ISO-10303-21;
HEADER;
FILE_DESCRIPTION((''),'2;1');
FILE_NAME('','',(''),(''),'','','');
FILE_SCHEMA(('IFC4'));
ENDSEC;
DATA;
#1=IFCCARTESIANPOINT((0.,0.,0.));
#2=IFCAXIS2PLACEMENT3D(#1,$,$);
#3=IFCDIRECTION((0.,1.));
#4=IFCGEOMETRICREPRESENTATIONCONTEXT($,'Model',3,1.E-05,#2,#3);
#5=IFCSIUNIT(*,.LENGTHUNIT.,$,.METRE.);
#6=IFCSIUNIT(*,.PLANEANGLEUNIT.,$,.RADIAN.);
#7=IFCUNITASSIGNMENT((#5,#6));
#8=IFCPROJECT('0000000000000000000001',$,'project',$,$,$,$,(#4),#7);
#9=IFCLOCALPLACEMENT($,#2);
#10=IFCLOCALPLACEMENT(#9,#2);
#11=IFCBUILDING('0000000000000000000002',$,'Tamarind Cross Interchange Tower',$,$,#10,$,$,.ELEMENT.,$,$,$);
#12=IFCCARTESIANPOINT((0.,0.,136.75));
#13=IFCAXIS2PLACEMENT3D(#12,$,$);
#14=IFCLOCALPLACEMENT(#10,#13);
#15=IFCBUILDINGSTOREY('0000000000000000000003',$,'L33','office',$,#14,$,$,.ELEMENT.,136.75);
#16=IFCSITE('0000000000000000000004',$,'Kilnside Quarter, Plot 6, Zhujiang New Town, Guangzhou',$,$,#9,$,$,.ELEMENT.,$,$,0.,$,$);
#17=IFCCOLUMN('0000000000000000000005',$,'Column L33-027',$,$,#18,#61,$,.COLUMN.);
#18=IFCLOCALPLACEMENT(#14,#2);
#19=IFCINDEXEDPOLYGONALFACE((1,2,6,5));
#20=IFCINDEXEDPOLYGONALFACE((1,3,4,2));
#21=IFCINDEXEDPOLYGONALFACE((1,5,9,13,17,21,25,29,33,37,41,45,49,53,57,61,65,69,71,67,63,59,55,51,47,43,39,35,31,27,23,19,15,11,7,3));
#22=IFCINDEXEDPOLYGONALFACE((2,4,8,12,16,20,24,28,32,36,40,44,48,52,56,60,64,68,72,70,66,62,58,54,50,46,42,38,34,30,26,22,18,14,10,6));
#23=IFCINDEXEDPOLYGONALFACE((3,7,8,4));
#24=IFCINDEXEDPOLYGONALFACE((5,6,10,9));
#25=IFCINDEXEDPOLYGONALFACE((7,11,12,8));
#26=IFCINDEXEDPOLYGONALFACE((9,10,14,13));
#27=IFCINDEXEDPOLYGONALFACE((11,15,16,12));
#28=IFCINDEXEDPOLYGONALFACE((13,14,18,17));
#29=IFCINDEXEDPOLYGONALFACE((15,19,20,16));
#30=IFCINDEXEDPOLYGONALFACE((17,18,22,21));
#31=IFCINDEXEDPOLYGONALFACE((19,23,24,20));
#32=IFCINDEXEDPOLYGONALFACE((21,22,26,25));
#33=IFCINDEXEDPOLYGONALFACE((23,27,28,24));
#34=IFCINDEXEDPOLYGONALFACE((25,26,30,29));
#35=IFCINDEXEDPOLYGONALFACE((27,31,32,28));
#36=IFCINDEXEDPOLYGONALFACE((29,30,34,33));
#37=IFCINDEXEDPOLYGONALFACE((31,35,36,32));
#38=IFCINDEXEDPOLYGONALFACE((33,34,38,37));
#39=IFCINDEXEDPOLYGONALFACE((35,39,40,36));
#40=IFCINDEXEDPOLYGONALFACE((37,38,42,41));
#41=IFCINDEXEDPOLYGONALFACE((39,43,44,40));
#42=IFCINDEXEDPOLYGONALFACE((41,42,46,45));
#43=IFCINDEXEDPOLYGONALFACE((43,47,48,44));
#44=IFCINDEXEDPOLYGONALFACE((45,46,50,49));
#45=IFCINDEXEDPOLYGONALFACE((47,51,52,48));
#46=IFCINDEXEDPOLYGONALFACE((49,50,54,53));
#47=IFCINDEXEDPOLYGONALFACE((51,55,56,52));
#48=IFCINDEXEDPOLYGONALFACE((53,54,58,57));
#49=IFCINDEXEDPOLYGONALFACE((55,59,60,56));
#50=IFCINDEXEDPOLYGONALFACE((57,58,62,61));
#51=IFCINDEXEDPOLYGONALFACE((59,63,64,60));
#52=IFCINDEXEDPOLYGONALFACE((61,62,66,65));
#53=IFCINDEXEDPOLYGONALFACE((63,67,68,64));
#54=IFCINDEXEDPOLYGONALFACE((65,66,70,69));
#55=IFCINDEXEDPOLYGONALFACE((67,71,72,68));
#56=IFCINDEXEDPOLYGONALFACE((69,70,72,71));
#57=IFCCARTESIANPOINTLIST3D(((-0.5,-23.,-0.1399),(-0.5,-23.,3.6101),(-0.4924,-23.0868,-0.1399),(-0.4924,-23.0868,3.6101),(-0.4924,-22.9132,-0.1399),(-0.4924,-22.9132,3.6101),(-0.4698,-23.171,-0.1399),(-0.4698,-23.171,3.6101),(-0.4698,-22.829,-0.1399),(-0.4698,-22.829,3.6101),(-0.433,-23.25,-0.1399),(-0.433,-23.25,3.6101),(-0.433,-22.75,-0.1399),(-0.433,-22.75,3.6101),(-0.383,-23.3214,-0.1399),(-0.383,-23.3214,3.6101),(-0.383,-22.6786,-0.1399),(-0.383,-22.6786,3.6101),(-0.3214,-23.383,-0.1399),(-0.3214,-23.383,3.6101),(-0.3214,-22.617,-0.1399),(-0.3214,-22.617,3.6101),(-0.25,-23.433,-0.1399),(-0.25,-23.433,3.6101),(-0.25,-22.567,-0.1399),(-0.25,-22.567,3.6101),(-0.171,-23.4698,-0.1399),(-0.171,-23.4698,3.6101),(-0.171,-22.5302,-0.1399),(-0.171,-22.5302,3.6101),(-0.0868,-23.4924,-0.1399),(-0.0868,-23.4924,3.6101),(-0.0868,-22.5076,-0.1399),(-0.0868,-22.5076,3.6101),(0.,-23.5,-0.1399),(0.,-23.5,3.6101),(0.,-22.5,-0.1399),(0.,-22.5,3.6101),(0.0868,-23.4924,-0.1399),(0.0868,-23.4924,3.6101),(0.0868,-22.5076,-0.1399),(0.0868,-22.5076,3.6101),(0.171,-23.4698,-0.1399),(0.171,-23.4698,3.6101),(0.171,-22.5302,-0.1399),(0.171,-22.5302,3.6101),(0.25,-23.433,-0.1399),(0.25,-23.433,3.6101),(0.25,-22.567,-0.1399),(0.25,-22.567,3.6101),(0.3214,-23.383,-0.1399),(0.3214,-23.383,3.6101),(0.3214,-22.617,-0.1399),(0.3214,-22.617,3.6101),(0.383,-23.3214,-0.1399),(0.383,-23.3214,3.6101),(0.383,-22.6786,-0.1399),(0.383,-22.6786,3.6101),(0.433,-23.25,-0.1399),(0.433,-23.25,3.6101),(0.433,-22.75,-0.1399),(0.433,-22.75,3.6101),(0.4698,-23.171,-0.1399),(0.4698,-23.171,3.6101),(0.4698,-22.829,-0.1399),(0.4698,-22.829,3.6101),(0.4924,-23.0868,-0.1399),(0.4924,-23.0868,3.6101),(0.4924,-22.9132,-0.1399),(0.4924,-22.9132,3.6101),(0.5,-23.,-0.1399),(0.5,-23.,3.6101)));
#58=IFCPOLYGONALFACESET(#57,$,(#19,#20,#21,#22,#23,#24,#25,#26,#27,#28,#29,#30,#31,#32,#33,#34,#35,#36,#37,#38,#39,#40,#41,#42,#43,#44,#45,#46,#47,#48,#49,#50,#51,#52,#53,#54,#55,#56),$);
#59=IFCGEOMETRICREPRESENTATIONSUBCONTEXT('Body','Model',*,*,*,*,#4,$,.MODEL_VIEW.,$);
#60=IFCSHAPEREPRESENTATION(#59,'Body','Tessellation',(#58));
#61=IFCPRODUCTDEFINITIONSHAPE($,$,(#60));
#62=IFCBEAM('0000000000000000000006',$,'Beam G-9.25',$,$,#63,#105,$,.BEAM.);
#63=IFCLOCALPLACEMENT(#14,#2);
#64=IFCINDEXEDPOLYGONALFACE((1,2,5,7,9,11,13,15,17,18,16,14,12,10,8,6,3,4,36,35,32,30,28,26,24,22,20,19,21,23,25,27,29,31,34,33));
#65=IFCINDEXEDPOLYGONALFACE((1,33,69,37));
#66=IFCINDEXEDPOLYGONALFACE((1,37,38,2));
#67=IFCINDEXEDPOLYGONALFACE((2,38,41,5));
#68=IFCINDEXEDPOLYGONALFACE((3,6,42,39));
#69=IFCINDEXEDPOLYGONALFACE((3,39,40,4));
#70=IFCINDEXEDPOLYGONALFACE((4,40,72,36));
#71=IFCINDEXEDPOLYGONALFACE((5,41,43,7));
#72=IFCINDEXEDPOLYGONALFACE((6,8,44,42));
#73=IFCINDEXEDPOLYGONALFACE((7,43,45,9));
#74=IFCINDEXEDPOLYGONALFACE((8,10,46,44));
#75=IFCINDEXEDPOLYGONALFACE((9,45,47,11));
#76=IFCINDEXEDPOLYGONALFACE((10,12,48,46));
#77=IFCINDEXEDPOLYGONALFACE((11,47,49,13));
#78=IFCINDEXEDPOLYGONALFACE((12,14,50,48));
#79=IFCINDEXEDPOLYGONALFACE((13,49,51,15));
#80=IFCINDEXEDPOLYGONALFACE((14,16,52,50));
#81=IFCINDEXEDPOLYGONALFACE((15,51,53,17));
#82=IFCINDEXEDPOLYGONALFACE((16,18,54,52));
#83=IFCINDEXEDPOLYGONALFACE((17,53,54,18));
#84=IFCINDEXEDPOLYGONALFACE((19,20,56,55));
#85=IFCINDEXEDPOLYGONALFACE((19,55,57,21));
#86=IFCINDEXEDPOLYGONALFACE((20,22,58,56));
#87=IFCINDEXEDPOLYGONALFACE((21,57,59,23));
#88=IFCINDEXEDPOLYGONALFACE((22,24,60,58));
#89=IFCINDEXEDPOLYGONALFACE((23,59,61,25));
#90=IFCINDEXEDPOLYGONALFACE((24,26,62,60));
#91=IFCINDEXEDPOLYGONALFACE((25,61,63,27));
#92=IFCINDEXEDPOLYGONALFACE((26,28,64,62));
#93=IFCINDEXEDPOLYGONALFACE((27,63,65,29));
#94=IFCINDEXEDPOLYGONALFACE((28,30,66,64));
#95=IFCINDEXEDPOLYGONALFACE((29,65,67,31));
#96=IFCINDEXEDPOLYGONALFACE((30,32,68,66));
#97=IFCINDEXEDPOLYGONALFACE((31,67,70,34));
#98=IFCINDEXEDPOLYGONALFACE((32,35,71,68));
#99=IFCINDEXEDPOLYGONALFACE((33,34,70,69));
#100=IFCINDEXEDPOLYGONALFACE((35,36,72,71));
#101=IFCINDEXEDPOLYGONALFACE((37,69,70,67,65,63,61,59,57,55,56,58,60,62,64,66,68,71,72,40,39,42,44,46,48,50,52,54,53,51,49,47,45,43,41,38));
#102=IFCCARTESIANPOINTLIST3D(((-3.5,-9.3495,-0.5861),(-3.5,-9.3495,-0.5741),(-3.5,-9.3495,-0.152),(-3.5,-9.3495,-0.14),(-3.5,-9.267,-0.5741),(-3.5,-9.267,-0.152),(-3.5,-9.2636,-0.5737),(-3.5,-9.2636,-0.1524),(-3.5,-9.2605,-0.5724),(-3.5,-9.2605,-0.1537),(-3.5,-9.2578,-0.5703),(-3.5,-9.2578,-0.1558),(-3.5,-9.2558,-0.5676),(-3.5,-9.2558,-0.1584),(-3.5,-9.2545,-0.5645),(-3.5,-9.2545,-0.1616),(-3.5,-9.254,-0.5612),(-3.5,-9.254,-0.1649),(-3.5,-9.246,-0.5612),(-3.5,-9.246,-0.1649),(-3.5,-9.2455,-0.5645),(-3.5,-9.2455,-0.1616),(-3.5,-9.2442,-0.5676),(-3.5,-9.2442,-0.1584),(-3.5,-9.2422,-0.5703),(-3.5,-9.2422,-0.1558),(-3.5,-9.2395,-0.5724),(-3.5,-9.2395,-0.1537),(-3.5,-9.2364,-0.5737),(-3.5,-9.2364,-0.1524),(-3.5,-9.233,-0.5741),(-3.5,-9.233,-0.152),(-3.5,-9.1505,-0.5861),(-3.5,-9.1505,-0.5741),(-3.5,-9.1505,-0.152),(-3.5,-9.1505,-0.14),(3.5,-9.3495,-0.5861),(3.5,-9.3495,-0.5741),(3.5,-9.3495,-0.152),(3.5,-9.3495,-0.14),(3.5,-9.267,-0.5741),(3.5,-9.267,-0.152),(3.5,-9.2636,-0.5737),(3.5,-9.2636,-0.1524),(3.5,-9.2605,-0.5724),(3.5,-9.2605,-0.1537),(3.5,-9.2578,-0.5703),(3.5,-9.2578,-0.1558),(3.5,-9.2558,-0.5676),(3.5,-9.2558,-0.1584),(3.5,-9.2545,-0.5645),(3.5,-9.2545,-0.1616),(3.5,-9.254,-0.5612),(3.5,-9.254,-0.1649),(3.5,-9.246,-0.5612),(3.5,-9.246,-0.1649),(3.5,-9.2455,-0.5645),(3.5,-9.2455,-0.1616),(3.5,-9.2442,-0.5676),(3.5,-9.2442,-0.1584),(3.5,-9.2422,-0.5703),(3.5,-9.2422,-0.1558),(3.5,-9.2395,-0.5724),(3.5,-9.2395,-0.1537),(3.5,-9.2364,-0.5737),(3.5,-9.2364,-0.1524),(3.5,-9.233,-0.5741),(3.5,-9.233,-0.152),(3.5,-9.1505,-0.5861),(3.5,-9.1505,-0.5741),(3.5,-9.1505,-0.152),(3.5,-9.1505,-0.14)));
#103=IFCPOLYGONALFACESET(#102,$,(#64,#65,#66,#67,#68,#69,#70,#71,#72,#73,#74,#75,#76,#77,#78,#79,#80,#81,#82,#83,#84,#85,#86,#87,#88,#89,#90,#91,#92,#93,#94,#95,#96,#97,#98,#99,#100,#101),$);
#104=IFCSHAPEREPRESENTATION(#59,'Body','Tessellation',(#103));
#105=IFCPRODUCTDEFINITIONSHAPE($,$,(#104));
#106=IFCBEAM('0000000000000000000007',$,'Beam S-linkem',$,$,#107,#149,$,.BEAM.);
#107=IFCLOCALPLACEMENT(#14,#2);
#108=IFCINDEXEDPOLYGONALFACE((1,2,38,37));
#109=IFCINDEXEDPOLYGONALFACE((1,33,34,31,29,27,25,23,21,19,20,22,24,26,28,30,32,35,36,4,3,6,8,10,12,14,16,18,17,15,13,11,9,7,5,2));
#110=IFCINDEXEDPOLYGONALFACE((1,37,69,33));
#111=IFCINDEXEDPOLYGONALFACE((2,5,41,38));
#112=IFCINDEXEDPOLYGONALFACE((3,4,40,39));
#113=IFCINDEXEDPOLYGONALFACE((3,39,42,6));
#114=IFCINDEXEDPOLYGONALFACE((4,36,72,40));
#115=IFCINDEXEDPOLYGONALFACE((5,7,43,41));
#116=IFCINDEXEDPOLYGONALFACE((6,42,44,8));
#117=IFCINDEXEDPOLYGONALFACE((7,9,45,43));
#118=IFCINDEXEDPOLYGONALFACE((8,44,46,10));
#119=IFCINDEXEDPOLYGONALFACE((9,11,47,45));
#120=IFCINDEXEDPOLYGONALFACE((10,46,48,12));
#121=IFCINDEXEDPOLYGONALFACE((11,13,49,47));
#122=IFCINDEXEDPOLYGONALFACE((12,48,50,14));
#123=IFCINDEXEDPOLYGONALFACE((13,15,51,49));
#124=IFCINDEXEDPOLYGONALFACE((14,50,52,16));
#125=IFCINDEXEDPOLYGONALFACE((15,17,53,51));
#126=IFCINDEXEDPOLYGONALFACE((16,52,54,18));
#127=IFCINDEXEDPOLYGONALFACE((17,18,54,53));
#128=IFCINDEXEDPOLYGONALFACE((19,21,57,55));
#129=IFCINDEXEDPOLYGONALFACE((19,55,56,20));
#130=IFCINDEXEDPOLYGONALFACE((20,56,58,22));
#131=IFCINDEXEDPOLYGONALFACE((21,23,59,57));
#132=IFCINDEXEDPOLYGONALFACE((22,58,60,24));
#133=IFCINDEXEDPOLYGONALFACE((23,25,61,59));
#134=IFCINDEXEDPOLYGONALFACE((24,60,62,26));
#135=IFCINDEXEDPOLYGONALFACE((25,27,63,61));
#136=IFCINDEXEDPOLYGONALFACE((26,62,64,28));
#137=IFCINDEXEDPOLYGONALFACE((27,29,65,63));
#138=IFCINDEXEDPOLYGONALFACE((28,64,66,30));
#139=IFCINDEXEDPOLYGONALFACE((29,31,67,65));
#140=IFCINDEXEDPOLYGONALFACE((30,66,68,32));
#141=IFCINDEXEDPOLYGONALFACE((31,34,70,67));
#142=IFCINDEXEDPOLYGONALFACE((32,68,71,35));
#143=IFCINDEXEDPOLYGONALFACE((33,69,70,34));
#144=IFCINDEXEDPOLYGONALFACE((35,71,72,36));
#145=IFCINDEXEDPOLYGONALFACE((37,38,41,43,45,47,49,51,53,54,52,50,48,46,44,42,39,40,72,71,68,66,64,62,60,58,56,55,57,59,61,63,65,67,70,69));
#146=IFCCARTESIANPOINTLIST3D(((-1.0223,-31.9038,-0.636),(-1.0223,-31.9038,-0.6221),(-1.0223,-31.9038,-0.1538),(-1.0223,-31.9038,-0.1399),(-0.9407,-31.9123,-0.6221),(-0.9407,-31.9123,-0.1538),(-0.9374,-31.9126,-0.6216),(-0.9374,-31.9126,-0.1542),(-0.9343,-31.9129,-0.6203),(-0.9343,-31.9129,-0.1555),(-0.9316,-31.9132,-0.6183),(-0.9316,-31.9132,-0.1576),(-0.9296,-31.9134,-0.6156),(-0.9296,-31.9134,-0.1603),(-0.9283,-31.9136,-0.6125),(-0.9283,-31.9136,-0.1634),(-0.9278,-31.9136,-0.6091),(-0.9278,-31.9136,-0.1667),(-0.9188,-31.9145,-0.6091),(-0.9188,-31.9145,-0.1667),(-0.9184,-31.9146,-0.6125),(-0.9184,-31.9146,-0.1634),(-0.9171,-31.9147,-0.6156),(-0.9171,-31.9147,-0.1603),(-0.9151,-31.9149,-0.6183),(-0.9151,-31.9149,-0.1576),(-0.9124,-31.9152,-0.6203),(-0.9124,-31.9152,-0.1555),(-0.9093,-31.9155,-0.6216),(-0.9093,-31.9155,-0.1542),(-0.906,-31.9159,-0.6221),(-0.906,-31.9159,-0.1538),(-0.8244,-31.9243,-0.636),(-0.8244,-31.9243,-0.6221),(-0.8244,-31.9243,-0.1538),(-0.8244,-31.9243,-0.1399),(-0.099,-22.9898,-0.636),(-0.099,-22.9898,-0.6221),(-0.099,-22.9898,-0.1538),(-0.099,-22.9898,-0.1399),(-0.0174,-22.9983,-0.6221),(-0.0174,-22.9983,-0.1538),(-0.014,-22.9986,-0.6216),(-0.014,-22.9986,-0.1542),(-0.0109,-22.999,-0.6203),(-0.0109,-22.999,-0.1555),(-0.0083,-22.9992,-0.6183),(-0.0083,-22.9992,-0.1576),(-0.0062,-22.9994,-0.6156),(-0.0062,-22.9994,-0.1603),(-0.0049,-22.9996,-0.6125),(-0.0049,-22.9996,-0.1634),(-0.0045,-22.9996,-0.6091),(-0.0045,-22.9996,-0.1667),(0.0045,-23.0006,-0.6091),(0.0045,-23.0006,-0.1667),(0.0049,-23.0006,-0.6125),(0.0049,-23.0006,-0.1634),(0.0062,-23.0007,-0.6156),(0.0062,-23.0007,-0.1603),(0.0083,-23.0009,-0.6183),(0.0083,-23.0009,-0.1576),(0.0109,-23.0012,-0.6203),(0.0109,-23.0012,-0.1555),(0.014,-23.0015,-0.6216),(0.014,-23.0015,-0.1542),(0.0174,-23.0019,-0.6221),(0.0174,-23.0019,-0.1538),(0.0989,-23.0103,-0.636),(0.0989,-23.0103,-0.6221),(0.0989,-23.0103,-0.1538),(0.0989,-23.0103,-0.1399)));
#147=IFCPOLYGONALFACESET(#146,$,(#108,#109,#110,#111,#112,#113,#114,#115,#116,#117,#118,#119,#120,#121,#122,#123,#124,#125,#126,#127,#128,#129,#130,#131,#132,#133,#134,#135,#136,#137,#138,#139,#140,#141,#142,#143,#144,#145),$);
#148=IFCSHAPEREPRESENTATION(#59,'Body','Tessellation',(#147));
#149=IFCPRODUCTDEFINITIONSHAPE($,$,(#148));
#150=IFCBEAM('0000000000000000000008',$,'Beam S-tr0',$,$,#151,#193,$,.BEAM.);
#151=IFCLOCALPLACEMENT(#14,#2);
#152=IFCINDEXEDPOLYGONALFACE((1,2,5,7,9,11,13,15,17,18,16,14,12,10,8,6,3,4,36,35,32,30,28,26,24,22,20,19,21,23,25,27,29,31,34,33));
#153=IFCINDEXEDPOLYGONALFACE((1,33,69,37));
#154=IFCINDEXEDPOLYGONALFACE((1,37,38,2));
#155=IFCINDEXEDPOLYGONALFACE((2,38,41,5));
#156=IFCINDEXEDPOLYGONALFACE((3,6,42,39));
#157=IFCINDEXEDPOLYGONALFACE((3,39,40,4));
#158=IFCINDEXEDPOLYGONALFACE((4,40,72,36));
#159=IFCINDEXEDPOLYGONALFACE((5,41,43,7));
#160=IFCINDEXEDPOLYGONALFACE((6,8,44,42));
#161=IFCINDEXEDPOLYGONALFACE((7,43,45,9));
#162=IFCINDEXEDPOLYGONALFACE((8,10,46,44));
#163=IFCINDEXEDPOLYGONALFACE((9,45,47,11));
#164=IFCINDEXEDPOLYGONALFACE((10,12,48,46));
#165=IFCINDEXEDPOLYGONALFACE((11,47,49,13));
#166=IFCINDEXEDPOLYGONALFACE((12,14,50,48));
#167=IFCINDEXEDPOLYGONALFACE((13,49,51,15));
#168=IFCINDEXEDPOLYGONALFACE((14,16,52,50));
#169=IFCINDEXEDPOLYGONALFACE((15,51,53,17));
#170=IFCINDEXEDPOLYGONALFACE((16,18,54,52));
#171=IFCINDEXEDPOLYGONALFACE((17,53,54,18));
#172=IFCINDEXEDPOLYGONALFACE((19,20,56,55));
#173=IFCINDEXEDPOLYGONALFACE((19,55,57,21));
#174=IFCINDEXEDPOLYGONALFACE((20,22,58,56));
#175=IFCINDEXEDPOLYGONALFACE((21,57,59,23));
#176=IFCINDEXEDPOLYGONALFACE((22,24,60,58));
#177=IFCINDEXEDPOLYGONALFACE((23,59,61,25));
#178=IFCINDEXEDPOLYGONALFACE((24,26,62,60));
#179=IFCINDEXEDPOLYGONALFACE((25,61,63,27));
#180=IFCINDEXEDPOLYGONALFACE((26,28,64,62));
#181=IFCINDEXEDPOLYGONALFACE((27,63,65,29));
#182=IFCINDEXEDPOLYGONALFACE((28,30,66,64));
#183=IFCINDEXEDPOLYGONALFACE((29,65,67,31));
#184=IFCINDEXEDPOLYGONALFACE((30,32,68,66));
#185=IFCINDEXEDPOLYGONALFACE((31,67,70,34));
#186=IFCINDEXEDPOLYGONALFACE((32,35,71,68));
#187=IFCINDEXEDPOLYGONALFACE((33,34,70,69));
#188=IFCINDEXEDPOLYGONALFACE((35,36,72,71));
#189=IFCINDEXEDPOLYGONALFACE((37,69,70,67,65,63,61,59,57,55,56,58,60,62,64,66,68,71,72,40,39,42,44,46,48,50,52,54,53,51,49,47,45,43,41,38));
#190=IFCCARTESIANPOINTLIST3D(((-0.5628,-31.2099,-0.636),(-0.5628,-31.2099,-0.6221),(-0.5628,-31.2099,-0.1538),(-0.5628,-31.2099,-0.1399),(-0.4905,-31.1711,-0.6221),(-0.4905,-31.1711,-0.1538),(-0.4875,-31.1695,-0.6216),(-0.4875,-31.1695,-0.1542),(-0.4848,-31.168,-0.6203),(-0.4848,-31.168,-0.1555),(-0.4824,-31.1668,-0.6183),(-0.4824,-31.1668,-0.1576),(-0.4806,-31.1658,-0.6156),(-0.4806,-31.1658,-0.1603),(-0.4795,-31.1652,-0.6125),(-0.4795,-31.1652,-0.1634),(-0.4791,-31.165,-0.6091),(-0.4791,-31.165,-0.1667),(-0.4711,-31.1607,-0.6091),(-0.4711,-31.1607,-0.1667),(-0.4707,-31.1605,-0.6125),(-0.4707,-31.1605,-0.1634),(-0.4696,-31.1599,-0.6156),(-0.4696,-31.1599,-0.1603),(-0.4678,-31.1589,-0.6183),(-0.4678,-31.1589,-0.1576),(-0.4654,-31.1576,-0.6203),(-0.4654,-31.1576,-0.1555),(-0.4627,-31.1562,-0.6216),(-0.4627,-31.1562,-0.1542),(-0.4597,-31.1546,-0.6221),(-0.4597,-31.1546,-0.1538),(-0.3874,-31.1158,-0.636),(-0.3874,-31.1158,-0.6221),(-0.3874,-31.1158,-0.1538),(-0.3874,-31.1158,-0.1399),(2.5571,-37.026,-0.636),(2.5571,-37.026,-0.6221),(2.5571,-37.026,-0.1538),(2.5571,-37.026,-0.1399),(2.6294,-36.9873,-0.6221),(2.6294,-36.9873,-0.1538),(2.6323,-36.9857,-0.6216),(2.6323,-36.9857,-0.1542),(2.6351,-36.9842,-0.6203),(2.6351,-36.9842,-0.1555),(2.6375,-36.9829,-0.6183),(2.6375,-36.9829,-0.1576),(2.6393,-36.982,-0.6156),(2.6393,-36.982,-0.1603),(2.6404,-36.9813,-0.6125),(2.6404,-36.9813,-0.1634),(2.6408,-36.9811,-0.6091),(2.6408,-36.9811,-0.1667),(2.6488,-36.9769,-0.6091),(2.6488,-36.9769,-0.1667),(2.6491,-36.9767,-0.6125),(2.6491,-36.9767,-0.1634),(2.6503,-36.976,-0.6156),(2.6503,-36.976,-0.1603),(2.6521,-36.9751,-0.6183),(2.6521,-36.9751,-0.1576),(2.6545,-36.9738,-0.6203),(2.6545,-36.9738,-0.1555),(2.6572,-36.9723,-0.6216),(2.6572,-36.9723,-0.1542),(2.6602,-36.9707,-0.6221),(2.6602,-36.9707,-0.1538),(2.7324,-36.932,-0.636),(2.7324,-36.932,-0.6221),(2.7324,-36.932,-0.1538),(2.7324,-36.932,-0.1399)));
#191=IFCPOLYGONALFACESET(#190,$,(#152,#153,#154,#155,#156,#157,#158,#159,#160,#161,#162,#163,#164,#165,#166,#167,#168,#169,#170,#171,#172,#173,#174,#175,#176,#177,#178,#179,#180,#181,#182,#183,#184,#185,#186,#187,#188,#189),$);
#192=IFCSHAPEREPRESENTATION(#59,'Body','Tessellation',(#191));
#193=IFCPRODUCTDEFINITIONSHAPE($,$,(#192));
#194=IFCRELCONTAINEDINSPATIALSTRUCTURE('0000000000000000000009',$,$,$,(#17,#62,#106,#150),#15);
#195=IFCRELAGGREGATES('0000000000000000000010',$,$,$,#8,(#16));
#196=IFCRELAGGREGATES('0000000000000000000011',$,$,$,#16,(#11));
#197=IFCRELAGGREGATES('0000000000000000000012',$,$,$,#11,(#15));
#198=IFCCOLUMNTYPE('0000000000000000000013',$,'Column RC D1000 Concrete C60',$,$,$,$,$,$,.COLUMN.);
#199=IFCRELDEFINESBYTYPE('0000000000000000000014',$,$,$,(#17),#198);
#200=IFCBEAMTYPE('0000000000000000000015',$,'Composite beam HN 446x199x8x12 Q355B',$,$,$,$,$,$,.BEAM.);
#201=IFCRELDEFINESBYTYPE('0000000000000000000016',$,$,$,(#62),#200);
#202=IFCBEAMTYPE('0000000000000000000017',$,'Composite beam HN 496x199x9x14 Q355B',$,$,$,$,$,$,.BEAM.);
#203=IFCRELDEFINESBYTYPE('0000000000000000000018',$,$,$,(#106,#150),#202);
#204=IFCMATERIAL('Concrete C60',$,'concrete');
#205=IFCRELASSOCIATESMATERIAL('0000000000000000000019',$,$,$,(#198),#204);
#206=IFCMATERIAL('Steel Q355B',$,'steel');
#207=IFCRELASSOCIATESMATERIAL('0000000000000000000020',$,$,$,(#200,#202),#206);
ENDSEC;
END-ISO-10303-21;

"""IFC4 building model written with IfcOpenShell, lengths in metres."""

from ifc_helpers import new_model, si_unit, direction, frame, origin, origin_2d, place, context, subcontext, project, spatial, circle, i_section, extrude, material, material_profile, profile_set, type_object, element, save


model = new_model("IFC4")

# Units and contexts
model_context = context("Model", 3, precision=1e-05, world=origin(), true_north=direction((0.0, 1.0)))
body_context = subcontext(model_context, "Body", "Model", "MODEL_VIEW")
ifc_project = project(units=[si_unit("LENGTHUNIT", "METRE"), si_unit("PLANEANGLEUNIT", "RADIAN")], contexts=[model_context])

# Site, building, storey
site_placement = place(None, origin())
site = spatial("IfcSite", under=ifc_project, at=site_placement, Name="Kilnside Quarter, Plot 6, Zhujiang New Town, Guangzhou", CompositionType="ELEMENT", RefElevation=0.0)
building_placement = place(site_placement, origin())
building = spatial("IfcBuilding", under=site, at=building_placement, Name="Tamarind Cross Interchange Tower", CompositionType="ELEMENT")
storey_placement = place(building_placement, frame((0.0, 0.0, 136.75)))
storey = spatial("IfcBuildingStorey", under=building, at=storey_placement, Name="L33", Description="office", CompositionType="ELEMENT", Elevation=136.75)

# Column
ifc_material_1 = material(Name="Concrete C60", Category="concrete")
ifc_material_profile_1 = material_profile(ifc_material_1, circle(Radius=0.5, at=origin_2d()), Name="RC D1000")
ifc_profile_set_1 = profile_set([ifc_material_profile_1], Name="Concrete C60")
column_type_1 = type_object("IfcColumnType", Name="Column RC D1000 Concrete C60", PredefinedType="COLUMN", material=ifc_profile_set_1)
for number, where, z_axis, x_axis, name in (
    (1, (0.0, -23.0, -0.1399), (0.0, 0.0, 1.0), (1.0, 0.0, 0.0), "Column L33-027"),
):
    element("IfcColumn", number, at=place(storey_placement, frame(where, z_axis=z_axis, x_axis=x_axis)), inside=storey, type_object=column_type_1, Name=name, PredefinedType="COLUMN", context=body_context, shape_type="SweptSolid", body=[
        extrude(circle(Radius=0.5, at=origin_2d()), origin(), (0.0, 0.0, 1.0), 3.75),
    ])

# Beams
ifc_material_2 = material(Name="Steel Q355B", Category="steel")
ifc_material_profile_2 = material_profile(ifc_material_2, i_section(OverallWidth=0.199, OverallDepth=0.446, WebThickness=0.0081, FlangeThickness=0.012, FilletRadius=0.0129, at=origin_2d()), Name="HN 446x199x8x12")
ifc_profile_set_2 = profile_set([ifc_material_profile_2], Name="Steel Q355B")
beam_type_1 = type_object("IfcBeamType", Name="Composite beam HN 446x199x8x12 Q355B", PredefinedType="BEAM", material=ifc_profile_set_2)
beam_1_placement = place(storey_placement, frame((-3.5, -9.25, -0.363), z_axis=(1.0, 0.0, 0.0), x_axis=(0.0, 1.0, 0.0)))
element("IfcBeam", 2, at=beam_1_placement, inside=storey, type_object=beam_type_1, Name="Beam G-9.25", PredefinedType="BEAM", context=body_context, shape_type="SweptSolid", body=[
    extrude(i_section(OverallWidth=0.199, OverallDepth=0.446, WebThickness=0.0081, FlangeThickness=0.012, FilletRadius=0.0129, at=origin_2d()), origin(), (0.0, 0.0, 1.0), 7.0),
])
ifc_material_profile_3 = material_profile(ifc_material_2, i_section(OverallWidth=0.199, OverallDepth=0.4961, WebThickness=0.009, FlangeThickness=0.0139, FilletRadius=0.0129, at=origin_2d()), Name="HN 496x199x9x14")
ifc_profile_set_3 = profile_set([ifc_material_profile_3], Name="Steel Q355B")
beam_type_2 = type_object("IfcBeamType", Name="Composite beam HN 496x199x9x14 Q355B", PredefinedType="BEAM", material=ifc_profile_set_3)
beam_2_placement = place(storey_placement, frame((-0.9233, -31.9141, -0.3879), z_axis=(0.103031, 0.994678, 0.0), x_axis=(-0.994678, 0.103031, 0.0)))
element("IfcBeam", 3, at=beam_2_placement, inside=storey, type_object=beam_type_2, Name="Beam S-linkem", PredefinedType="BEAM", context=body_context, shape_type="SweptSolid", body=[
    extrude(i_section(OverallWidth=0.199, OverallDepth=0.4961, WebThickness=0.009, FlangeThickness=0.0139, FilletRadius=0.0129, at=origin_2d()), origin(), (0.0, 0.0, 1.0), 8.9617),
])
beam_3_placement = place(storey_placement, frame((-0.4751, -31.1628, -0.3879), z_axis=(0.472701, -0.881223, 0.0), x_axis=(0.881223, 0.472701, 0.0)))
element("IfcBeam", 4, at=beam_3_placement, inside=storey, type_object=beam_type_2, Name="Beam S-tr0", PredefinedType="BEAM", context=body_context, shape_type="SweptSolid", body=[
    extrude(i_section(OverallWidth=0.199, OverallDepth=0.4961, WebThickness=0.009, FlangeThickness=0.0139, FilletRadius=0.0129, at=origin_2d()), origin(), (0.0, 0.0, 1.0), 6.6001),
])

save(model, "model.ifc")
